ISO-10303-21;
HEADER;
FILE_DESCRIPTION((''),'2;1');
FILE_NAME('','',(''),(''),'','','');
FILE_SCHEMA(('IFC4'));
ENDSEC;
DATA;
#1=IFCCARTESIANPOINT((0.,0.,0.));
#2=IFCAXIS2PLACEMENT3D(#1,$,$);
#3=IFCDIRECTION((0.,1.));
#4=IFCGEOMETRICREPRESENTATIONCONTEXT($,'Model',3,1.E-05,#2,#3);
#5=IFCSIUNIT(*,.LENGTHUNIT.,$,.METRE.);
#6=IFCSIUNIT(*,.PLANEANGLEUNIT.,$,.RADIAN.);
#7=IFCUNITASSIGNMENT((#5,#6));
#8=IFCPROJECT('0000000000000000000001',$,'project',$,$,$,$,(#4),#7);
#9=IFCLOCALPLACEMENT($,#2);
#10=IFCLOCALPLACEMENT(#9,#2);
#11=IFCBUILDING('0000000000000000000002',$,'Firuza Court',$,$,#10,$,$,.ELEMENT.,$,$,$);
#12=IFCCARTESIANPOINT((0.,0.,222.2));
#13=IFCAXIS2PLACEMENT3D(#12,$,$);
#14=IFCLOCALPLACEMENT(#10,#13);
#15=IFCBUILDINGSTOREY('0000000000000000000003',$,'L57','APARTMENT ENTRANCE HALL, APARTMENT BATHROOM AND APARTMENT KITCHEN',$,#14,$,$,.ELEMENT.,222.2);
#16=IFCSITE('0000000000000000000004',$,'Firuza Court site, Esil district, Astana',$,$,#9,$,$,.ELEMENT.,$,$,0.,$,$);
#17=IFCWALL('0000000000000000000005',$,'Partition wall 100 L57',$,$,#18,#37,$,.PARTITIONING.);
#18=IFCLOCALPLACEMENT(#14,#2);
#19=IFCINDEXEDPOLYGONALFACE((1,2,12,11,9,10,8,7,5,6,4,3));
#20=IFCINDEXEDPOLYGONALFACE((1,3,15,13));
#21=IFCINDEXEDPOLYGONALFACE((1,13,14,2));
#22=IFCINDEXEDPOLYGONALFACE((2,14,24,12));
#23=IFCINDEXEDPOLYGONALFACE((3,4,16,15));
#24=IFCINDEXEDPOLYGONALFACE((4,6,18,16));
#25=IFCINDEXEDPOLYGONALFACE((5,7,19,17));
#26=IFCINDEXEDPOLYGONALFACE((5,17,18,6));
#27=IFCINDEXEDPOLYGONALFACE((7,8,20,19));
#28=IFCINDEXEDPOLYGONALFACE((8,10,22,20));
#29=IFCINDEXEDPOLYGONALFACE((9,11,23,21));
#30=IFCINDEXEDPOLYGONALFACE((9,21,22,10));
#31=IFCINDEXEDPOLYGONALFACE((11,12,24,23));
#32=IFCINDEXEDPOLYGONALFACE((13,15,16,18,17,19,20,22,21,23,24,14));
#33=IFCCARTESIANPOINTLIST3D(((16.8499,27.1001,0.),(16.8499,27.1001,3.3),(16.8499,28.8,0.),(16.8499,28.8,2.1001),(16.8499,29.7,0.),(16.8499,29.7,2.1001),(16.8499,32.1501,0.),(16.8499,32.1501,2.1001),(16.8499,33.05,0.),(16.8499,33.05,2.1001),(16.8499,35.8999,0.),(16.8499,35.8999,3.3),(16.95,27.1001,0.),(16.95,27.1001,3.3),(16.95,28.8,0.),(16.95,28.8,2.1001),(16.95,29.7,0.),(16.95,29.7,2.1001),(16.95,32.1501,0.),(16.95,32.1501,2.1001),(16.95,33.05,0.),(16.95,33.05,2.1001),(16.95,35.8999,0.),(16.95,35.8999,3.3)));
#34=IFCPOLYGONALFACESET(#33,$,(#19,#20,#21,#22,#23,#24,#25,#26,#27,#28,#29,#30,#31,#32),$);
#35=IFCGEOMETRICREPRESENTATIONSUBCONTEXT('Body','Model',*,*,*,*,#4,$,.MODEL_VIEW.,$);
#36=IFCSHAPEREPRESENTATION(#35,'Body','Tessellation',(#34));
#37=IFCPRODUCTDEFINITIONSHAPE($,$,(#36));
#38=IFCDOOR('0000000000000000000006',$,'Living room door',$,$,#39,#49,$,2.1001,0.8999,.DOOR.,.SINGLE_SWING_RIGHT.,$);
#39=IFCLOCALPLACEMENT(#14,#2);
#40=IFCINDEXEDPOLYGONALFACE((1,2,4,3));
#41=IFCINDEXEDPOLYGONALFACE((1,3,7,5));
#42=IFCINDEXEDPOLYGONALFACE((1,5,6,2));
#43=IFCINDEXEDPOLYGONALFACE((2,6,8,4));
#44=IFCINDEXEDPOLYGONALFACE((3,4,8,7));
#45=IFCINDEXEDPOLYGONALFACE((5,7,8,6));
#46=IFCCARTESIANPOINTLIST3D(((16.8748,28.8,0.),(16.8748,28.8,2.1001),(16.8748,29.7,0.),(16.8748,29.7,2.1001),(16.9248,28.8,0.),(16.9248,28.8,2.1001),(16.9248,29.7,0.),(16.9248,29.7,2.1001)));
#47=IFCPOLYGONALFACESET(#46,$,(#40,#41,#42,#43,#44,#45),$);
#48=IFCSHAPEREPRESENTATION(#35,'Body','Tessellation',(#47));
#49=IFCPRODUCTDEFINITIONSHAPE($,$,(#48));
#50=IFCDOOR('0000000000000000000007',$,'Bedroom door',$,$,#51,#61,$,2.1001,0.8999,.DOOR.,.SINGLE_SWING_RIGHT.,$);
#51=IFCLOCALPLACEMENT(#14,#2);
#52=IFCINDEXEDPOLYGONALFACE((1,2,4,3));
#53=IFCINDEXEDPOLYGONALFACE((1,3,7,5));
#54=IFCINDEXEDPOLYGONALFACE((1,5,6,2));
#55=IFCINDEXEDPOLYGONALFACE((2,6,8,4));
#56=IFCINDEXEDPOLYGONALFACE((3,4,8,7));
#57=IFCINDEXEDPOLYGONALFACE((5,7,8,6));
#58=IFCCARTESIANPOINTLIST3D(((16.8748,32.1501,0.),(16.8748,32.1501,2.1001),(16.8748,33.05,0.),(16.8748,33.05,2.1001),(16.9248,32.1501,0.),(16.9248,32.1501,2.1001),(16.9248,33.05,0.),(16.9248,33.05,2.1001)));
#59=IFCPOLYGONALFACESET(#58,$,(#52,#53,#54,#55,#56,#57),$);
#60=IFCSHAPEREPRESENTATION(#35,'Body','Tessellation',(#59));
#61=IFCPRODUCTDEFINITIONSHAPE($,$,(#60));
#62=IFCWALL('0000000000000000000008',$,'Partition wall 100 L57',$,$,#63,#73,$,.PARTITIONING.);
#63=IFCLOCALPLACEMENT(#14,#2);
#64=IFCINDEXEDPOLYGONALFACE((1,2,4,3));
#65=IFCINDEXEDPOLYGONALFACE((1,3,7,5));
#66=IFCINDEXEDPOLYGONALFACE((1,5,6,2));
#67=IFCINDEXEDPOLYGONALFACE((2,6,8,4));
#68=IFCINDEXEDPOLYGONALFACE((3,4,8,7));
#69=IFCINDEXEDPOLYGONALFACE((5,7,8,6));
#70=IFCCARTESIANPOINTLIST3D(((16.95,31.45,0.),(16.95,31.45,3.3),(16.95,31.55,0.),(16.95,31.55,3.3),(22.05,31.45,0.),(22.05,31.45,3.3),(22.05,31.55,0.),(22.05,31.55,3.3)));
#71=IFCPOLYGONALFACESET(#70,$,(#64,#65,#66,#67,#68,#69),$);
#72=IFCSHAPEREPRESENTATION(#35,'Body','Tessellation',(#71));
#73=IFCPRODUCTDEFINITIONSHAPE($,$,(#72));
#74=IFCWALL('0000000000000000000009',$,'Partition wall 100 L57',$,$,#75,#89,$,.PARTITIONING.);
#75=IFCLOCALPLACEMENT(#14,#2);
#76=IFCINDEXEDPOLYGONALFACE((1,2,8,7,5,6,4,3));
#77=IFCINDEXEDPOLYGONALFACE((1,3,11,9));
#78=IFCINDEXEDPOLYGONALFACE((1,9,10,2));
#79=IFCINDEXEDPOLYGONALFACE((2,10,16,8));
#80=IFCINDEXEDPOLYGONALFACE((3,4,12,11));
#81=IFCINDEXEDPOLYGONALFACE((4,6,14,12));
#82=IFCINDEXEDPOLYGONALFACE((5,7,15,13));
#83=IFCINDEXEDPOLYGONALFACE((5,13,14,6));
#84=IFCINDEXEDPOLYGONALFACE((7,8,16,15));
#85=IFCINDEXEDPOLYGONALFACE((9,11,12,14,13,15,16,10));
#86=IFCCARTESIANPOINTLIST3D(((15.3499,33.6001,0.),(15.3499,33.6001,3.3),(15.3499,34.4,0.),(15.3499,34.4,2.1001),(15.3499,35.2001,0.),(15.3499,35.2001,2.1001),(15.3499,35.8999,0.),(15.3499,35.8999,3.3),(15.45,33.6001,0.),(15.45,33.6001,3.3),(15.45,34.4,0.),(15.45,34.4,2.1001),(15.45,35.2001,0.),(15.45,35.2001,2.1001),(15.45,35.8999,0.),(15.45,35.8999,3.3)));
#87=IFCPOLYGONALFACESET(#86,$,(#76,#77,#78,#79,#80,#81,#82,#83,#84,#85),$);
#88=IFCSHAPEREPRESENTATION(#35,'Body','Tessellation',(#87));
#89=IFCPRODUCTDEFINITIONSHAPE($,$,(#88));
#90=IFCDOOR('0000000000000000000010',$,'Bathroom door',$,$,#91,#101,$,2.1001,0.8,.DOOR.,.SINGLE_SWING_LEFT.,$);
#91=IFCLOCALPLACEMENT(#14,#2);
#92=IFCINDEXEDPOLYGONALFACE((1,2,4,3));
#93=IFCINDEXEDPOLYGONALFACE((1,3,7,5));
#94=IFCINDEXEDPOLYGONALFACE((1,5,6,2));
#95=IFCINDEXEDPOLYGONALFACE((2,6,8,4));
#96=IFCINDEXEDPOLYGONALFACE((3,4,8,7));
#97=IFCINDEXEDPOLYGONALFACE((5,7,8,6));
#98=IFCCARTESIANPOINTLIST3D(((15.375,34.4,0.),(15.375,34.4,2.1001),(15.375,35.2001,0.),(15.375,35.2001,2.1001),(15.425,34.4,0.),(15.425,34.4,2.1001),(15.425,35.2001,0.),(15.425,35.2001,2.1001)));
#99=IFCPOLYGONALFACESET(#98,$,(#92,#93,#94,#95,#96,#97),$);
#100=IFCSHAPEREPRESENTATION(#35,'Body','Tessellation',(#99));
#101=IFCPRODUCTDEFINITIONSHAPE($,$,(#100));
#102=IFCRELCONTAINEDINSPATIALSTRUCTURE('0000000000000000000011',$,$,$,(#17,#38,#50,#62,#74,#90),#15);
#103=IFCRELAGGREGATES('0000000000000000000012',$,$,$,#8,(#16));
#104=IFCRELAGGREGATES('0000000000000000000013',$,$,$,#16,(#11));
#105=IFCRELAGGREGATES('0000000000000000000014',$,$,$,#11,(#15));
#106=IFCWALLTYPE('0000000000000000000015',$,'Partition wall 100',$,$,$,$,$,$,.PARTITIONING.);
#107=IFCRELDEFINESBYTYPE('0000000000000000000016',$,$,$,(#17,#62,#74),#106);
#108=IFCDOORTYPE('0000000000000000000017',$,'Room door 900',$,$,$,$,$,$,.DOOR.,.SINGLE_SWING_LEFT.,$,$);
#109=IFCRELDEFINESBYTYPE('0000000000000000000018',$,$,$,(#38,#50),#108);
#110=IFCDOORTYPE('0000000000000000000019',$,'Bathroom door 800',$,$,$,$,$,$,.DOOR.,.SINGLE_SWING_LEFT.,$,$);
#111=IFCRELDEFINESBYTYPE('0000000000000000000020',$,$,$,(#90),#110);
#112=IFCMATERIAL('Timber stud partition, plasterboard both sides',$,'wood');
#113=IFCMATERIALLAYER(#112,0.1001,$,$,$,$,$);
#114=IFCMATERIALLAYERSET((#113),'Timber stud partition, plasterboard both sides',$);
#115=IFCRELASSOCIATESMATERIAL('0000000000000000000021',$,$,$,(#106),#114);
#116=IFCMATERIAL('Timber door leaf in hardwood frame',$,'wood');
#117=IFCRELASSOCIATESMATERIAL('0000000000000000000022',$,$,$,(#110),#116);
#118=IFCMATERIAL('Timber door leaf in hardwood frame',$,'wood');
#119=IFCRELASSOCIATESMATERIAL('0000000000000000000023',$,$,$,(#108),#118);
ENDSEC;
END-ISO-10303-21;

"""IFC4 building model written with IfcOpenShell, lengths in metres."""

from ifc_helpers import new_model, si_unit, direction, frame, frame_2d, origin, place, context, subcontext, project, spatial, rectangle, extrude, material, layer, layer_set, type_object, element, fill, save


model = new_model("IFC4")

# Units and contexts
model_context = context("Model", 3, precision=1e-05, world=origin(), true_north=direction((0.0, 1.0)))
body_context = subcontext(model_context, "Body", "Model", "MODEL_VIEW")
ifc_project = project(units=[si_unit("LENGTHUNIT", "METRE"), si_unit("PLANEANGLEUNIT", "RADIAN")], contexts=[model_context])

# Site, building, storey
site_placement = place(None, origin())
site = spatial("IfcSite", under=ifc_project, at=site_placement, Name="Firuza Court site, Esil district, Astana", CompositionType="ELEMENT", RefElevation=0.0)
building_placement = place(site_placement, origin())
building = spatial("IfcBuilding", under=site, at=building_placement, Name="Firuza Court", CompositionType="ELEMENT")
storey_placement = place(building_placement, frame((0.0, 0.0, 222.2)))
storey = spatial("IfcBuildingStorey", under=building, at=storey_placement, Name="L57", Description="APARTMENT ENTRANCE HALL, APARTMENT BATHROOM AND APARTMENT KITCHEN", CompositionType="ELEMENT", Elevation=222.2)

# Shared definitions
ifc_material_1 = material(Name="Timber stud partition, plasterboard both sides", Category="wood")
ifc_layer = layer(ifc_material_1, 0.1001)
ifc_layer_set = layer_set([ifc_layer], Name="Timber stud partition, plasterboard both sides")
wall_type = type_object("IfcWallType", Name="Partition wall 100", PredefinedType="PARTITIONING", material=ifc_layer_set)
ifc_material_2 = material(Name="Timber door leaf in hardwood frame", Category="wood")
door_type_1 = type_object("IfcDoorType", Name="Bathroom door 800", OperationType="SINGLE_SWING_LEFT", PredefinedType="DOOR", material=ifc_material_2)

# Shared definitions
ifc_material_3 = material(Name="Timber door leaf in hardwood frame", Category="wood")
door_type_2 = type_object("IfcDoorType", Name="Room door 900", OperationType="SINGLE_SWING_LEFT", PredefinedType="DOOR", material=ifc_material_3)

# Wall, openings, doors
wall_1_placement = place(storey_placement, frame((16.8999, 27.1001, 0.0), z_axis=(0.0, 0.0, 1.0), x_axis=(0.0, 1.0, 0.0)))
wall_1 = element("IfcWall", 1, at=wall_1_placement, inside=storey, type_object=wall_type, Name="Partition wall 100 L57", PredefinedType="PARTITIONING", context=body_context, shape_type="SweptSolid", body=[
    extrude(rectangle(XDim=8.7998, YDim=0.1001, at=frame_2d((4.3999, 0.0))), origin(), (0.0, 0.0, 1.0), 3.3),
])
opening_1_placement = place(wall_1_placement, frame((1.7, 0.0, 0.0)))
opening_1 = element("IfcOpeningElement", 2, at=opening_1_placement, cuts=wall_1, PredefinedType="OPENING", context=body_context, shape_type="SweptSolid", body=[
    extrude(rectangle(XDim=0.8999, YDim=2.1001, at=frame_2d((0.45, 1.05))), frame((0.0, 0.062, 0.0), z_axis=(0.0, -1.0, 0.0), x_axis=(1.0, 0.0, 0.0)), (0.0, 0.0, 1.0), 0.124),
])
opening_2_placement = place(wall_1_placement, frame((5.05, 0.0, 0.0)))
opening_2 = element("IfcOpeningElement", 3, at=opening_2_placement, cuts=wall_1, PredefinedType="OPENING", context=body_context, shape_type="SweptSolid", body=[
    extrude(rectangle(XDim=0.8999, YDim=2.1001, at=frame_2d((0.45, 1.05))), frame((0.0, 0.062, 0.0), z_axis=(0.0, -1.0, 0.0), x_axis=(1.0, 0.0, 0.0)), (0.0, 0.0, 1.0), 0.124),
])
door_1_placement = place(opening_1_placement, frame((0.8999, 0.0, 0.0), z_axis=(0.0, 0.0, 1.0), x_axis=(-1.0, 0.0, 0.0)))
door_1 = element("IfcDoor", 4, at=door_1_placement, inside=storey, type_object=door_type_2, Name="Living room door", OperationType="SINGLE_SWING_RIGHT", OverallHeight=2.1001, OverallWidth=0.8999, PredefinedType="DOOR", context=body_context, shape_type="SweptSolid", body=[
    extrude(rectangle(XDim=0.8999, YDim=2.1001, at=frame_2d((0.45, 1.05))), frame((0.0, 0.0249, 0.0), z_axis=(0.0, -1.0, 0.0), x_axis=(1.0, 0.0, 0.0)), (0.0, 0.0, 1.0), 0.05),
])
fill(opening_1, door_1)
door_2_placement = place(opening_2_placement, frame((0.8999, 0.0, 0.0), z_axis=(0.0, 0.0, 1.0), x_axis=(-1.0, 0.0, 0.0)))
door_2 = element("IfcDoor", 5, at=door_2_placement, inside=storey, type_object=door_type_2, Name="Bedroom door", OperationType="SINGLE_SWING_RIGHT", OverallHeight=2.1001, OverallWidth=0.8999, PredefinedType="DOOR", context=body_context, shape_type="SweptSolid", body=[
    extrude(rectangle(XDim=0.8999, YDim=2.1001, at=frame_2d((0.45, 1.05))), frame((0.0, 0.0249, 0.0), z_axis=(0.0, -1.0, 0.0), x_axis=(1.0, 0.0, 0.0)), (0.0, 0.0, 1.0), 0.05),
])
fill(opening_2, door_2)

# Wall
wall_2_placement = place(storey_placement, frame((16.95, 31.5, 0.0), z_axis=(0.0, 0.0, 1.0), x_axis=(1.0, 0.0, 0.0)))
element("IfcWall", 6, at=wall_2_placement, inside=storey, type_object=wall_type, Name="Partition wall 100 L57", PredefinedType="PARTITIONING", context=body_context, shape_type="SweptSolid", body=[
    extrude(rectangle(XDim=5.1001, YDim=0.1001, at=frame_2d((2.55, 0.0))), origin(), (0.0, 0.0, 1.0), 3.3),
])

# Wall, opening, door
wall_3_placement = place(storey_placement, frame((15.3999, 33.6001, 0.0), z_axis=(0.0, 0.0, 1.0), x_axis=(0.0, 1.0, 0.0)))
wall_3 = element("IfcWall", 7, at=wall_3_placement, inside=storey, type_object=wall_type, Name="Partition wall 100 L57", PredefinedType="PARTITIONING", context=body_context, shape_type="SweptSolid", body=[
    extrude(rectangle(XDim=2.2998, YDim=0.1001, at=frame_2d((1.1499, 0.0))), origin(), (0.0, 0.0, 1.0), 3.3),
])
opening_3_placement = place(wall_3_placement, frame((0.8, 0.0, 0.0)))
opening_3 = element("IfcOpeningElement", 8, at=opening_3_placement, cuts=wall_3, PredefinedType="OPENING", context=body_context, shape_type="SweptSolid", body=[
    extrude(rectangle(XDim=0.8, YDim=2.1001, at=frame_2d((0.3999, 1.05))), frame((0.0, 0.062, 0.0), z_axis=(0.0, -1.0, 0.0), x_axis=(1.0, 0.0, 0.0)), (0.0, 0.0, 1.0), 0.124),
])
door_3_placement = place(opening_3_placement, origin())
door_3 = element("IfcDoor", 9, at=door_3_placement, inside=storey, type_object=door_type_1, Name="Bathroom door", OperationType="SINGLE_SWING_LEFT", OverallHeight=2.1001, OverallWidth=0.8, PredefinedType="DOOR", context=body_context, shape_type="SweptSolid", body=[
    extrude(rectangle(XDim=0.8, YDim=2.1001, at=frame_2d((0.3999, 1.05))), frame((0.0, 0.0249, 0.0), z_axis=(0.0, -1.0, 0.0), x_axis=(1.0, 0.0, 0.0)), (0.0, 0.0, 1.0), 0.05),
])
fill(opening_3, door_3)

save(model, "model.ifc")
